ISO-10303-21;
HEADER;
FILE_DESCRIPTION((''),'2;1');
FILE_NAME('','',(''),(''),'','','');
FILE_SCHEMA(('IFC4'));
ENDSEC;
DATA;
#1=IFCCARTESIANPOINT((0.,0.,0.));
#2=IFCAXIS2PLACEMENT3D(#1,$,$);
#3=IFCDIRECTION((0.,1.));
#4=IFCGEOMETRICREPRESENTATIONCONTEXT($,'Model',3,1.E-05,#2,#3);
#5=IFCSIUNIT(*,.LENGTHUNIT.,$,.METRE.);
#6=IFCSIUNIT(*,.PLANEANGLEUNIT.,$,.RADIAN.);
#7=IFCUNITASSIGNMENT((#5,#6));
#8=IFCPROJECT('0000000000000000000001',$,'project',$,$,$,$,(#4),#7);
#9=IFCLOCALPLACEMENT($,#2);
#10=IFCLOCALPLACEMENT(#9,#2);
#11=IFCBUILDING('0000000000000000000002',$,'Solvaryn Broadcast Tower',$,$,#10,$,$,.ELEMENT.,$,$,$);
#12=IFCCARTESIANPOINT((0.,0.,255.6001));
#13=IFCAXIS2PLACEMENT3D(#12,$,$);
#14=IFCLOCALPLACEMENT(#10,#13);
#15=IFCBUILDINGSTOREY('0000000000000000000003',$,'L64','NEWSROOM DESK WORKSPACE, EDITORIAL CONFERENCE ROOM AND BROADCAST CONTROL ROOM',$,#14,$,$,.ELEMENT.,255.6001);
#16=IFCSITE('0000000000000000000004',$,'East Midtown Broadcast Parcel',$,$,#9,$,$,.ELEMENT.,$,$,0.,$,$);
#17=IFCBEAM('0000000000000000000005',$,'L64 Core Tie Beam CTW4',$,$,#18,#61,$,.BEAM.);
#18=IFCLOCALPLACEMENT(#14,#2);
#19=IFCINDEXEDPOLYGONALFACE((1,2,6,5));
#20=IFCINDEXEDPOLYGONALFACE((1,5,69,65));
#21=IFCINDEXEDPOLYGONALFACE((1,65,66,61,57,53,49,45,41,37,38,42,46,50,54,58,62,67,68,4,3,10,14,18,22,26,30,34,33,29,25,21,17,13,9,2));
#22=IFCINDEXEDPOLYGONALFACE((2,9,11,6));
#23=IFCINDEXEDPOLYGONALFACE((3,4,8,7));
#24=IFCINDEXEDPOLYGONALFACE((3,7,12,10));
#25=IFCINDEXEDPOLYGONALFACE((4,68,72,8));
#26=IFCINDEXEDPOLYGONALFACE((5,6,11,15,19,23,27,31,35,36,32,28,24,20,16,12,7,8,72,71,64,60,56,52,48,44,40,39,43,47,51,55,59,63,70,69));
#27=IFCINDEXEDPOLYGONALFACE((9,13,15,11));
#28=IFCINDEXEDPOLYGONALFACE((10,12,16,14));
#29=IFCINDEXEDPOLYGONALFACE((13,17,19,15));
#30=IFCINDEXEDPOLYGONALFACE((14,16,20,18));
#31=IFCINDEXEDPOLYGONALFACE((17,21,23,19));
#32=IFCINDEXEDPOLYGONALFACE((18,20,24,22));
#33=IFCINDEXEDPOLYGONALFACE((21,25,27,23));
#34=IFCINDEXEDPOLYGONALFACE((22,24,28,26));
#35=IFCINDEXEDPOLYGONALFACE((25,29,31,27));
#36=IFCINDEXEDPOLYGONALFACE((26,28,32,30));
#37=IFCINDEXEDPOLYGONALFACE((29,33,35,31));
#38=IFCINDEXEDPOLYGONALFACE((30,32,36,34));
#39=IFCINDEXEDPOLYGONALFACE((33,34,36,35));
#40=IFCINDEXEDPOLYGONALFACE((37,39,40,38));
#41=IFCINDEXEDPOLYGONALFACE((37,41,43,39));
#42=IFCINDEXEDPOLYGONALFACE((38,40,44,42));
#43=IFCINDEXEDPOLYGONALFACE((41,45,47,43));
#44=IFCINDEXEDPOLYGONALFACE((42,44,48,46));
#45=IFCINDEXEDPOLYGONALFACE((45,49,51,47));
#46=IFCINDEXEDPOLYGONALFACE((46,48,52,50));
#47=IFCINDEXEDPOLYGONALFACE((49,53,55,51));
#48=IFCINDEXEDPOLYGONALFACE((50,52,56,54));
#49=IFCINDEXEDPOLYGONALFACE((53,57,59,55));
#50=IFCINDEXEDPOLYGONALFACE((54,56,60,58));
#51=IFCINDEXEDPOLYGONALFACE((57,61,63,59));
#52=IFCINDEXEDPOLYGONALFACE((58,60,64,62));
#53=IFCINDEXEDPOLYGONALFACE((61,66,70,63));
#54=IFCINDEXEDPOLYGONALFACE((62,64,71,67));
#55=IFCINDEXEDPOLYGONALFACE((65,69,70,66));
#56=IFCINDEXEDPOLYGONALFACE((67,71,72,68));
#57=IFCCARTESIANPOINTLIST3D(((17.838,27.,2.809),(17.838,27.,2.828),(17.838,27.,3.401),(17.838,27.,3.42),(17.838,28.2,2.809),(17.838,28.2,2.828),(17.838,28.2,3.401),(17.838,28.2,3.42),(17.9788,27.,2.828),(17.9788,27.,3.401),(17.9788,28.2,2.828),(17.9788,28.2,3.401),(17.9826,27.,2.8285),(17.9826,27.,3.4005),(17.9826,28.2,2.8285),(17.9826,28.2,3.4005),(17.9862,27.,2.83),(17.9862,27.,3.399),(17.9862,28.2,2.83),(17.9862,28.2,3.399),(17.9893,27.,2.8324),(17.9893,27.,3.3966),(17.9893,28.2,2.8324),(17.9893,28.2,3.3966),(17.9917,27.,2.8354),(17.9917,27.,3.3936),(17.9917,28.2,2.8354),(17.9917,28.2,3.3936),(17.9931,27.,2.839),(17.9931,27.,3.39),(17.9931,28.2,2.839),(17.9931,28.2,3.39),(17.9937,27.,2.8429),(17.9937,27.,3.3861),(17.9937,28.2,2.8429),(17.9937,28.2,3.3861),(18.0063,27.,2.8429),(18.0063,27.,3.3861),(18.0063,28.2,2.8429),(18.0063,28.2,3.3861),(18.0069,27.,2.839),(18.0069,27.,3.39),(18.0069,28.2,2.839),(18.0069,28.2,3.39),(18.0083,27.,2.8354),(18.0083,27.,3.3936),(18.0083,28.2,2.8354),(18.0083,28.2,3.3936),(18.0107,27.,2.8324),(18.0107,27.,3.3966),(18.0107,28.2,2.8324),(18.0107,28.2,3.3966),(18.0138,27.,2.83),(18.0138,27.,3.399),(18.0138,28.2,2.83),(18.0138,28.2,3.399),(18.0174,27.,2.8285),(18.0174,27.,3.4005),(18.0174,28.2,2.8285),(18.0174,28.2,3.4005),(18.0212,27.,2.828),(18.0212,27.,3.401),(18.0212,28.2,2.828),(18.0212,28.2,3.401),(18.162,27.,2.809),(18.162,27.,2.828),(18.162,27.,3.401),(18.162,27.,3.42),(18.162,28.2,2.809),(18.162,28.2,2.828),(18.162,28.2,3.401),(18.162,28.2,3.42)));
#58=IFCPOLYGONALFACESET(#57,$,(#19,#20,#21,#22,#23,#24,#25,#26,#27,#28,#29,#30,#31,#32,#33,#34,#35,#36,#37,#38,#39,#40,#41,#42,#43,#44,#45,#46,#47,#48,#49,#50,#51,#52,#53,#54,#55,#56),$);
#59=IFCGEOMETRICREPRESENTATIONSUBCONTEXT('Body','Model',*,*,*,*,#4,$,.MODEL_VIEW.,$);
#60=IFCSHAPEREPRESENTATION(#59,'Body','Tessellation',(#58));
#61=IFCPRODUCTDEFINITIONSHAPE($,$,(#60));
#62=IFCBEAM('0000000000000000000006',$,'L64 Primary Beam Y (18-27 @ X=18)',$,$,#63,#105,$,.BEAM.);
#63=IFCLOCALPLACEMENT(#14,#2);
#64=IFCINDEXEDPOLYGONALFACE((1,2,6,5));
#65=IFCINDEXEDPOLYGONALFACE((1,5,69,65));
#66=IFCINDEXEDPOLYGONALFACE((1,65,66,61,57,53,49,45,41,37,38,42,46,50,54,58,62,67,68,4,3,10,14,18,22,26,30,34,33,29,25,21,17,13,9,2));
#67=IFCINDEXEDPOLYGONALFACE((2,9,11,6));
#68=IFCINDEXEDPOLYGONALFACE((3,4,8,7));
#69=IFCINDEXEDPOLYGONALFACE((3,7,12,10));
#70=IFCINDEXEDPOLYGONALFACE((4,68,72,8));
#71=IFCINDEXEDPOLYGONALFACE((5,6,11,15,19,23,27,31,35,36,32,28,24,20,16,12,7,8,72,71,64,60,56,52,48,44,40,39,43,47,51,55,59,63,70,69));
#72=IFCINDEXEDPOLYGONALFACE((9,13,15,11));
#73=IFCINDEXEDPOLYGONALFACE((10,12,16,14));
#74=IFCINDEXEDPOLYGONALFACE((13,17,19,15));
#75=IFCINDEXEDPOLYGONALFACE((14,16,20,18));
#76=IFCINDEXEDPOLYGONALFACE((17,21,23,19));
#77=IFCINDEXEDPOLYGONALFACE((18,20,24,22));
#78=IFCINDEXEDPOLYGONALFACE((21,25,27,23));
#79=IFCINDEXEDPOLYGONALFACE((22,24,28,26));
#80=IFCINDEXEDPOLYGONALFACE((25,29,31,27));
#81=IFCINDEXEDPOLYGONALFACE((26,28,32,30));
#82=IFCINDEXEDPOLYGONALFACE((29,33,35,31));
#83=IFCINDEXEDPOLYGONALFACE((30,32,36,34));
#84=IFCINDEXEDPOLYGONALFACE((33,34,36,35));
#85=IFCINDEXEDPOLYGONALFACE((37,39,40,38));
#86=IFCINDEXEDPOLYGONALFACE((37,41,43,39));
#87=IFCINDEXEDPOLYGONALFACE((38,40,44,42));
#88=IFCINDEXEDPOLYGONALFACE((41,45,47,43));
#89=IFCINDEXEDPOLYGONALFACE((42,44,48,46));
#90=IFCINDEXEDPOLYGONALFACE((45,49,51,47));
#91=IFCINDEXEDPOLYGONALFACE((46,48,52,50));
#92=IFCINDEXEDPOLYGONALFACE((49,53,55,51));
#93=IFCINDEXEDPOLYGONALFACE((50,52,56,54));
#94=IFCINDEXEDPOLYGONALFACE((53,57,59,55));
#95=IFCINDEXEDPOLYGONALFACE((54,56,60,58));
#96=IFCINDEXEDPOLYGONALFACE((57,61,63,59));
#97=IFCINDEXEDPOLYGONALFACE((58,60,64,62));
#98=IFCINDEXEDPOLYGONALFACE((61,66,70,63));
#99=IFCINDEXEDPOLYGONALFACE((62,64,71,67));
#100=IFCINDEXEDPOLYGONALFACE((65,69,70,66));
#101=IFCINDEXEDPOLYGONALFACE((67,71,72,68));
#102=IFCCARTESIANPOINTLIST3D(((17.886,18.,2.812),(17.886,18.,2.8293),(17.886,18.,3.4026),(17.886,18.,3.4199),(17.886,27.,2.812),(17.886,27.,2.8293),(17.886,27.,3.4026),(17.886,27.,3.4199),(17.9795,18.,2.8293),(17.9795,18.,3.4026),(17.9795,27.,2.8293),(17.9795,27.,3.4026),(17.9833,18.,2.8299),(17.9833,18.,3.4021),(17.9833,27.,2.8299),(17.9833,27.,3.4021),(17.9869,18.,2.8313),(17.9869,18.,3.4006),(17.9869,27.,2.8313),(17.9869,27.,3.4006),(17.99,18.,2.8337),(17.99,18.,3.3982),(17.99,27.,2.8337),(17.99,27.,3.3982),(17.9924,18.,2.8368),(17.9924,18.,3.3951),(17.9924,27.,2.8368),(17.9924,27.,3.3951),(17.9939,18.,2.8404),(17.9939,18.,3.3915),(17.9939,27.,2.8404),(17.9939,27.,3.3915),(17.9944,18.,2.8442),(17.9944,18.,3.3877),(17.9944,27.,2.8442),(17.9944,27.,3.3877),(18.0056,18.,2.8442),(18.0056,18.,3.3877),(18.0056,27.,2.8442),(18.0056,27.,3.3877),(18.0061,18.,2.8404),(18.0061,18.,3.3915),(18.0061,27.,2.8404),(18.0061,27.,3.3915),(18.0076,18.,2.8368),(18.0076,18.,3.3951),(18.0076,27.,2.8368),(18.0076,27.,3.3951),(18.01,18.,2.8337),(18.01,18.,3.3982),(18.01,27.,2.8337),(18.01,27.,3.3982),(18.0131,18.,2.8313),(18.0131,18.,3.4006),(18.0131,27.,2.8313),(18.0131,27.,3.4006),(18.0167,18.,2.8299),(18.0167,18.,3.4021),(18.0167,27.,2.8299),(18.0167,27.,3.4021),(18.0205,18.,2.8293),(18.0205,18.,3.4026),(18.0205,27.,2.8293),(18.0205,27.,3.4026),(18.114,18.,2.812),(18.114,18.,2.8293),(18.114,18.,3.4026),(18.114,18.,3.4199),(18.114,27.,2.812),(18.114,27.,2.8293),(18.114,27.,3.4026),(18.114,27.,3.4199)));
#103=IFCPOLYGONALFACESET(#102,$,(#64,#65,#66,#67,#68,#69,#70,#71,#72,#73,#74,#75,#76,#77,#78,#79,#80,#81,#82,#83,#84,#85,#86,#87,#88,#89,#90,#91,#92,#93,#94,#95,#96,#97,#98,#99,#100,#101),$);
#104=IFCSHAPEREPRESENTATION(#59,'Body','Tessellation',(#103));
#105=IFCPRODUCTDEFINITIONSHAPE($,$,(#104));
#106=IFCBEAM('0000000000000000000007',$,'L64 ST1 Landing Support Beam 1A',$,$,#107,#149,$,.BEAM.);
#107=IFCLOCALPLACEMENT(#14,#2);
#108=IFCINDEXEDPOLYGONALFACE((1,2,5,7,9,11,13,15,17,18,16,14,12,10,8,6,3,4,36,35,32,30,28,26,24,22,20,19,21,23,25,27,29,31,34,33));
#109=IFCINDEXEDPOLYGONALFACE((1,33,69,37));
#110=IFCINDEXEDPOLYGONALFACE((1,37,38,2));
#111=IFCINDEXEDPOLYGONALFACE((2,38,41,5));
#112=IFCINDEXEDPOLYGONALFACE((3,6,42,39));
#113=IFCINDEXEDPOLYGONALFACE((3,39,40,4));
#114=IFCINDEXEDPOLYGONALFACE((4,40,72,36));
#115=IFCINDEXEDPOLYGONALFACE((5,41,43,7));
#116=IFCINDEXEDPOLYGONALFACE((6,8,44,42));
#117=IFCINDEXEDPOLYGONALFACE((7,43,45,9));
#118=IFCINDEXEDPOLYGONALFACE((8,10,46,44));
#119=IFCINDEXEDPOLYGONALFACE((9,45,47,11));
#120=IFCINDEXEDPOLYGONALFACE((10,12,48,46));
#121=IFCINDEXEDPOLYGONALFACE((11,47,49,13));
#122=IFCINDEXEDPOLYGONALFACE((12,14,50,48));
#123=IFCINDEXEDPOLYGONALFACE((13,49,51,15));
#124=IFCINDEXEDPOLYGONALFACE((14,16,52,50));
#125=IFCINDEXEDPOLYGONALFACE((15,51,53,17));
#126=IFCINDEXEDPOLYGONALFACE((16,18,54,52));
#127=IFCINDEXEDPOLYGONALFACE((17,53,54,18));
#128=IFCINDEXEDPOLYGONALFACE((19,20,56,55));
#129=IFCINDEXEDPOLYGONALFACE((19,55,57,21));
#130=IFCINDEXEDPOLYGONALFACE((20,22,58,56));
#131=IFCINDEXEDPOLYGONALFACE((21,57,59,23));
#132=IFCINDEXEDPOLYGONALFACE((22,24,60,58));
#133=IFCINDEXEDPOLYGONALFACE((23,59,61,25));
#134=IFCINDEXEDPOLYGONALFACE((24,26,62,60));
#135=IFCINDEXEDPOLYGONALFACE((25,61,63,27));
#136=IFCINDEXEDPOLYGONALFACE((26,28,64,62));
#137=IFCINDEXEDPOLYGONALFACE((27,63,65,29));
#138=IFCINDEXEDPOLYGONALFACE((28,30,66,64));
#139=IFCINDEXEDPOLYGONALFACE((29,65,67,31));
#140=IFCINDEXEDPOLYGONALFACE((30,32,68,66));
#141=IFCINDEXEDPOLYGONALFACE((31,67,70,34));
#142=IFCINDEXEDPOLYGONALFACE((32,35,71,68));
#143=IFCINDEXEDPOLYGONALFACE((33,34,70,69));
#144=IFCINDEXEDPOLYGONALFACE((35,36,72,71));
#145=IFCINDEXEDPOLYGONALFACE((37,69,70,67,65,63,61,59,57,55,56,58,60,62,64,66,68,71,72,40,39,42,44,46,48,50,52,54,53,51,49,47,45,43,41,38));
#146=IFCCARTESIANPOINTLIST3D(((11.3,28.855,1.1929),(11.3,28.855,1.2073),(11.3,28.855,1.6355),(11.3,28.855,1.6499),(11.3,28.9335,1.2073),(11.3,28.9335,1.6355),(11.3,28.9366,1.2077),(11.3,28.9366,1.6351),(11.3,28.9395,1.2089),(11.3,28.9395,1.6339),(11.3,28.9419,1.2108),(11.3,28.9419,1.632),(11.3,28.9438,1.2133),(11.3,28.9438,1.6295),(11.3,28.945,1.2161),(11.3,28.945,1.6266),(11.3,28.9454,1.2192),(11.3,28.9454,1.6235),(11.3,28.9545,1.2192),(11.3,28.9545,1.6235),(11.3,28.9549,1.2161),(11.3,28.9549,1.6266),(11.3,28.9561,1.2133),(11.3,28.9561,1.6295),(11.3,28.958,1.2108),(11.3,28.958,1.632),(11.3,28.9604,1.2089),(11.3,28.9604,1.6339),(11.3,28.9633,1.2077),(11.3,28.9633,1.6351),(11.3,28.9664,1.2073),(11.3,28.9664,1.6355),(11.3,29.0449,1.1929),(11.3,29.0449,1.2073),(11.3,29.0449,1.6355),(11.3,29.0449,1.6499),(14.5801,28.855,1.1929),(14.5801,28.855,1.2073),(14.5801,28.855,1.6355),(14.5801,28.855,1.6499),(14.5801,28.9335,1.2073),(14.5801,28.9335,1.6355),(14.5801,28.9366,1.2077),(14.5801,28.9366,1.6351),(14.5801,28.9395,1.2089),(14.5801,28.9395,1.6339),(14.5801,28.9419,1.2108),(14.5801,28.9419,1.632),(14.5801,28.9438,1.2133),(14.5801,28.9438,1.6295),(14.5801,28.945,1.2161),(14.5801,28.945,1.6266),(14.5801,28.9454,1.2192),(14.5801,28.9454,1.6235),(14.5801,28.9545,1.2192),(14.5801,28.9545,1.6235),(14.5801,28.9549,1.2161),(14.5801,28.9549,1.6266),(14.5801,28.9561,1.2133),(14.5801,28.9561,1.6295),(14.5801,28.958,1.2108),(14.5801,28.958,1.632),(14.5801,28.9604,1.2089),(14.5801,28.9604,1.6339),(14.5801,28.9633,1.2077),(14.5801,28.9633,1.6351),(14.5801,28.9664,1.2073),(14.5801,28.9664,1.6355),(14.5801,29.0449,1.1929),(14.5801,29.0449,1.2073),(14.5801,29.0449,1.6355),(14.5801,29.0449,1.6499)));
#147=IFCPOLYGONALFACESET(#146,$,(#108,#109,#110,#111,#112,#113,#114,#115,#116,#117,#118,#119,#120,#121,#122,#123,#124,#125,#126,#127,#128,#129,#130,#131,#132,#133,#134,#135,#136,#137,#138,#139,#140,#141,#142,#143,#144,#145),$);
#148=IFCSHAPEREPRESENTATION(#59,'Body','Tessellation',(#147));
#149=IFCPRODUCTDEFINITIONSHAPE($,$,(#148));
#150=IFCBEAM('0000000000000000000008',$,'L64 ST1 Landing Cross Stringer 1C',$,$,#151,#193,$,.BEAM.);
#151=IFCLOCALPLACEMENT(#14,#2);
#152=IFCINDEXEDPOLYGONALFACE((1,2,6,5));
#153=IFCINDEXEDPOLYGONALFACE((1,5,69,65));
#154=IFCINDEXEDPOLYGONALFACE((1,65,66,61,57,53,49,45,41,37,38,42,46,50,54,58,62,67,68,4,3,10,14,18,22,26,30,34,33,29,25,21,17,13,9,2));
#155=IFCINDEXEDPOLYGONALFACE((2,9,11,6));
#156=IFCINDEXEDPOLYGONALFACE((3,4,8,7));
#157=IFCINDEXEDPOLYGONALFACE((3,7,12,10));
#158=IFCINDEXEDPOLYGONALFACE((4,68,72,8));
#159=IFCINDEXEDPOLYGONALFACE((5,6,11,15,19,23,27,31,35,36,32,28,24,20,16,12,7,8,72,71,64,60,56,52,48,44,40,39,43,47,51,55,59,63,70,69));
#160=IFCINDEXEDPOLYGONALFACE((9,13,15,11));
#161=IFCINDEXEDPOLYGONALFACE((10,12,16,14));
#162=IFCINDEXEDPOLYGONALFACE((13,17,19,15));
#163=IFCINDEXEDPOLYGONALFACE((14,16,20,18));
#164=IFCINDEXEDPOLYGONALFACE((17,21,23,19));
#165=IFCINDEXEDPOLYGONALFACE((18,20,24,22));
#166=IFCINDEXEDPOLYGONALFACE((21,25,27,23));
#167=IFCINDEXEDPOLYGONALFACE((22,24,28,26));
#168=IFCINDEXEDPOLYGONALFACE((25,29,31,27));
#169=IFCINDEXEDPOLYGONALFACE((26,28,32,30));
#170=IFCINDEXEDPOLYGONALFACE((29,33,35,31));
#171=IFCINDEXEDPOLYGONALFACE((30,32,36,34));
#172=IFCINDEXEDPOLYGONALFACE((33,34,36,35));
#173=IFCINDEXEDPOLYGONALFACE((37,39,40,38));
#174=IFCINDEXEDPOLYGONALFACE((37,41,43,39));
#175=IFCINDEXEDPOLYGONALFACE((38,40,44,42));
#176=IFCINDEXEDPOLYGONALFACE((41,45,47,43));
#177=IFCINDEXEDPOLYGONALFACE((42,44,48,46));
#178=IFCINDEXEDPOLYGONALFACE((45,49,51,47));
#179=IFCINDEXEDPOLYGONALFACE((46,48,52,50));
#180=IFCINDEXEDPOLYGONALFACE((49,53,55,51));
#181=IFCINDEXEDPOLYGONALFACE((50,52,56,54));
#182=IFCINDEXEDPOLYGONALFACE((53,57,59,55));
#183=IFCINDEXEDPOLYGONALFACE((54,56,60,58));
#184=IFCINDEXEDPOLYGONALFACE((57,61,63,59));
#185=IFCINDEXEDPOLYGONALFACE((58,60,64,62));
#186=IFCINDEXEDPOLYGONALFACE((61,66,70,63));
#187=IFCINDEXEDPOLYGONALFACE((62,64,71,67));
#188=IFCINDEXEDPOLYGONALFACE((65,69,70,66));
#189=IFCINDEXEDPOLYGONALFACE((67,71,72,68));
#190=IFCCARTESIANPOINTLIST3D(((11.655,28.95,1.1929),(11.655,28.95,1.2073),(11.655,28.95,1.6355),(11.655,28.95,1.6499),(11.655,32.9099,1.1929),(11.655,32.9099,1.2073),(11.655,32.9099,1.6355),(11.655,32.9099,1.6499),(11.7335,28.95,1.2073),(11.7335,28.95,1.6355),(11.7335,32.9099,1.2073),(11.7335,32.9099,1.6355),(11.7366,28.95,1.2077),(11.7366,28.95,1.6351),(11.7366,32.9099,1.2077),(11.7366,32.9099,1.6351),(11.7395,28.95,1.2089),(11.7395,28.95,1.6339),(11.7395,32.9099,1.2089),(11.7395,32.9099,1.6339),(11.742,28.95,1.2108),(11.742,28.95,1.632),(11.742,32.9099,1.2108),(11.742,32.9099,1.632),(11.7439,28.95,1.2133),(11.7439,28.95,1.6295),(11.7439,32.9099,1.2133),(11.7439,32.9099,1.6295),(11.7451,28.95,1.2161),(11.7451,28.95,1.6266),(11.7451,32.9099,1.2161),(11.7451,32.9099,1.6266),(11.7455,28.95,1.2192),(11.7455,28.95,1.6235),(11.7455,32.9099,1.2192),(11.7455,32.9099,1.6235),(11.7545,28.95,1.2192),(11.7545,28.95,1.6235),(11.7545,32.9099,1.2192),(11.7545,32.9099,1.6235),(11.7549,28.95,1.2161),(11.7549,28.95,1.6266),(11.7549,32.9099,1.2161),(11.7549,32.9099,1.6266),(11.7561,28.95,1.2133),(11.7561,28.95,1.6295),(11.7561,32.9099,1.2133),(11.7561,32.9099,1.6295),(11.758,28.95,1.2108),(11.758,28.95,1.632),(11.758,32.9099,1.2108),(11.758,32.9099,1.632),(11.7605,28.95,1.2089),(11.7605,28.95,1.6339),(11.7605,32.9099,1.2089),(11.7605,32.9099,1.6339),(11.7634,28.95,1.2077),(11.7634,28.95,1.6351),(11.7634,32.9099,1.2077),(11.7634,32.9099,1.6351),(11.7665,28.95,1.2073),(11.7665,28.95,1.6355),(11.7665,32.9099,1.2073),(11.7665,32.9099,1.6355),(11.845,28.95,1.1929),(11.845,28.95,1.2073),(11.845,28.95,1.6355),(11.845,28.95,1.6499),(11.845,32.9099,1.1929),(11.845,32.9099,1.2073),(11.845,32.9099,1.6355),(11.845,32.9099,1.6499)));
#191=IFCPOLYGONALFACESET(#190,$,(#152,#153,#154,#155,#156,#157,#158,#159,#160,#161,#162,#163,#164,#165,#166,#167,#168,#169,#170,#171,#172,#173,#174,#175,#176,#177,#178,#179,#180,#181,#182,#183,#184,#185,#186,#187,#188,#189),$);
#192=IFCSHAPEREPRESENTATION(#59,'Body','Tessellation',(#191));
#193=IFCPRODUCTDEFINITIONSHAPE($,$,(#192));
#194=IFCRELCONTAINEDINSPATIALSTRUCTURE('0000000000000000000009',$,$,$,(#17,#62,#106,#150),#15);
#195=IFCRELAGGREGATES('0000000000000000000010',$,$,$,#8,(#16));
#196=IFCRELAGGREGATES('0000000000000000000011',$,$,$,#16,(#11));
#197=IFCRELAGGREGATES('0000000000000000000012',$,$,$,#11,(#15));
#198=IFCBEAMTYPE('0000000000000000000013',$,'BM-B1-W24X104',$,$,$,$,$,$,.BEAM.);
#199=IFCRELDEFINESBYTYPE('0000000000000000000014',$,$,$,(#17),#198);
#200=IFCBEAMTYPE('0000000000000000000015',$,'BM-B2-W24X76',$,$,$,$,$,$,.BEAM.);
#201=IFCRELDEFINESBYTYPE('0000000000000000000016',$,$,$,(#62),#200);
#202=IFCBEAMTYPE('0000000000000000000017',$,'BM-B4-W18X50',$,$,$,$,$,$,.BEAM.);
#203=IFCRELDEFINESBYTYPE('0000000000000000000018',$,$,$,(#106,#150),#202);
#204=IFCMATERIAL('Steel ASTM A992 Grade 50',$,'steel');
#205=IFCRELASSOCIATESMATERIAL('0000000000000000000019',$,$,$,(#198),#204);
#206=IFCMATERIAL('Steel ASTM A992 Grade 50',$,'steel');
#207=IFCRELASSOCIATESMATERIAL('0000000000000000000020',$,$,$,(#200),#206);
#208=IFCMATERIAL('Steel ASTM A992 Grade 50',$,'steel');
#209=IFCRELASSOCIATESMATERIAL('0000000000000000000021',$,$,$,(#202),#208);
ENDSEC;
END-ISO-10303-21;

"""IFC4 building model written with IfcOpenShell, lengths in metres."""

from ifc_helpers import new_model, si_unit, direction, frame, origin, origin_2d, place, context, subcontext, project, spatial, i_section, extrude, material, material_profile, profile_set, type_object, element, save


model = new_model("IFC4")

# Units and contexts
model_context = context("Model", 3, precision=1e-05, world=origin(), true_north=direction((0.0, 1.0)))
body_context = subcontext(model_context, "Body", "Model", "MODEL_VIEW")
ifc_project = project(units=[si_unit("LENGTHUNIT", "METRE"), si_unit("PLANEANGLEUNIT", "RADIAN")], contexts=[model_context])

# Site, building, storey
site_placement = place(None, origin())
site = spatial("IfcSite", under=ifc_project, at=site_placement, Name="East Midtown Broadcast Parcel", CompositionType="ELEMENT", RefElevation=0.0)
building_placement = place(site_placement, origin())
building = spatial("IfcBuilding", under=site, at=building_placement, Name="Solvaryn Broadcast Tower", CompositionType="ELEMENT")
storey_placement = place(building_placement, frame((0.0, 0.0, 255.6001)))
storey = spatial("IfcBuildingStorey", under=building, at=storey_placement, Name="L64", Description="NEWSROOM DESK WORKSPACE, EDITORIAL CONFERENCE ROOM AND BROADCAST CONTROL ROOM", CompositionType="ELEMENT", Elevation=255.6001)

# Beams
ifc_material_1 = material(Name="Steel ASTM A992 Grade 50", Category="steel")
ifc_material_profile_1 = material_profile(ifc_material_1, i_section(OverallWidth=0.324, OverallDepth=0.6111, WebThickness=0.0127, FlangeThickness=0.019, FilletRadius=0.0149, at=origin_2d()))
ifc_profile_set_1 = profile_set([ifc_material_profile_1], Name="Steel ASTM A992 Grade 50")
beam_type_1 = type_object("IfcBeamType", Name="BM-B1-W24X104", PredefinedType="BEAM", material=ifc_profile_set_1)
beam_1_placement = place(storey_placement, frame((18.0, 27.0, 3.1145), z_axis=(0.0, 1.0, 0.0), x_axis=(-1.0, 0.0, 0.0)))
element("IfcBeam", 1, at=beam_1_placement, inside=storey, type_object=beam_type_1, Name="L64 Core Tie Beam CTW4", PredefinedType="BEAM", context=body_context, shape_type="SweptSolid", body=[
    extrude(i_section(OverallWidth=0.324, OverallDepth=0.6111, WebThickness=0.0127, FlangeThickness=0.019, FilletRadius=0.0149, at=origin_2d()), origin(), (0.0, 0.0, 1.0), 1.2),
])
ifc_material_2 = material(Name="Steel ASTM A992 Grade 50", Category="steel")
ifc_material_profile_2 = material_profile(ifc_material_2, i_section(OverallWidth=0.228, OverallDepth=0.6079, WebThickness=0.0112, FlangeThickness=0.0173, FilletRadius=0.0149, at=origin_2d()))
ifc_profile_set_2 = profile_set([ifc_material_profile_2], Name="Steel ASTM A992 Grade 50")
beam_type_2 = type_object("IfcBeamType", Name="BM-B2-W24X76", PredefinedType="BEAM", material=ifc_profile_set_2)
beam_2_placement = place(storey_placement, frame((18.0, 18.0, 3.116), z_axis=(0.0, 1.0, 0.0), x_axis=(-1.0, 0.0, 0.0)))
element("IfcBeam", 2, at=beam_2_placement, inside=storey, type_object=beam_type_2, Name="L64 Primary Beam Y (18-27 @ X=18)", PredefinedType="BEAM", context=body_context, shape_type="SweptSolid", body=[
    extrude(i_section(OverallWidth=0.228, OverallDepth=0.6079, WebThickness=0.0112, FlangeThickness=0.0173, FilletRadius=0.0149, at=origin_2d()), origin(), (0.0, 0.0, 1.0), 9.0),
])
ifc_material_3 = material(Name="Steel ASTM A992 Grade 50", Category="steel")
ifc_material_profile_3 = material_profile(ifc_material_3, i_section(OverallWidth=0.1899, OverallDepth=0.457, WebThickness=0.009, FlangeThickness=0.0144, FilletRadius=0.012, at=origin_2d()))
ifc_profile_set_3 = profile_set([ifc_material_profile_3], Name="Steel ASTM A992 Grade 50")
beam_type_3 = type_object("IfcBeamType", Name="BM-B4-W18X50", PredefinedType="BEAM", material=ifc_profile_set_3)
beam_3_placement = place(storey_placement, frame((11.3, 28.95, 1.4214), z_axis=(1.0, 0.0, 0.0), x_axis=(0.0, 1.0, 0.0)))
element("IfcBeam", 3, at=beam_3_placement, inside=storey, type_object=beam_type_3, Name="L64 ST1 Landing Support Beam 1A", PredefinedType="BEAM", context=body_context, shape_type="SweptSolid", body=[
    extrude(i_section(OverallWidth=0.1899, OverallDepth=0.457, WebThickness=0.009, FlangeThickness=0.0144, FilletRadius=0.012, at=origin_2d()), origin(), (0.0, 0.0, 1.0), 3.28),
])
beam_4_placement = place(storey_placement, frame((11.75, 28.95, 1.4214), z_axis=(0.0, 1.0, 0.0), x_axis=(-1.0, 0.0, 0.0)))
element("IfcBeam", 4, at=beam_4_placement, inside=storey, type_object=beam_type_3, Name="L64 ST1 Landing Cross Stringer 1C", PredefinedType="BEAM", context=body_context, shape_type="SweptSolid", body=[
    extrude(i_section(OverallWidth=0.1899, OverallDepth=0.457, WebThickness=0.009, FlangeThickness=0.0144, FilletRadius=0.012, at=origin_2d()), origin(), (0.0, 0.0, 1.0), 3.96),
])

save(model, "model.ifc")
